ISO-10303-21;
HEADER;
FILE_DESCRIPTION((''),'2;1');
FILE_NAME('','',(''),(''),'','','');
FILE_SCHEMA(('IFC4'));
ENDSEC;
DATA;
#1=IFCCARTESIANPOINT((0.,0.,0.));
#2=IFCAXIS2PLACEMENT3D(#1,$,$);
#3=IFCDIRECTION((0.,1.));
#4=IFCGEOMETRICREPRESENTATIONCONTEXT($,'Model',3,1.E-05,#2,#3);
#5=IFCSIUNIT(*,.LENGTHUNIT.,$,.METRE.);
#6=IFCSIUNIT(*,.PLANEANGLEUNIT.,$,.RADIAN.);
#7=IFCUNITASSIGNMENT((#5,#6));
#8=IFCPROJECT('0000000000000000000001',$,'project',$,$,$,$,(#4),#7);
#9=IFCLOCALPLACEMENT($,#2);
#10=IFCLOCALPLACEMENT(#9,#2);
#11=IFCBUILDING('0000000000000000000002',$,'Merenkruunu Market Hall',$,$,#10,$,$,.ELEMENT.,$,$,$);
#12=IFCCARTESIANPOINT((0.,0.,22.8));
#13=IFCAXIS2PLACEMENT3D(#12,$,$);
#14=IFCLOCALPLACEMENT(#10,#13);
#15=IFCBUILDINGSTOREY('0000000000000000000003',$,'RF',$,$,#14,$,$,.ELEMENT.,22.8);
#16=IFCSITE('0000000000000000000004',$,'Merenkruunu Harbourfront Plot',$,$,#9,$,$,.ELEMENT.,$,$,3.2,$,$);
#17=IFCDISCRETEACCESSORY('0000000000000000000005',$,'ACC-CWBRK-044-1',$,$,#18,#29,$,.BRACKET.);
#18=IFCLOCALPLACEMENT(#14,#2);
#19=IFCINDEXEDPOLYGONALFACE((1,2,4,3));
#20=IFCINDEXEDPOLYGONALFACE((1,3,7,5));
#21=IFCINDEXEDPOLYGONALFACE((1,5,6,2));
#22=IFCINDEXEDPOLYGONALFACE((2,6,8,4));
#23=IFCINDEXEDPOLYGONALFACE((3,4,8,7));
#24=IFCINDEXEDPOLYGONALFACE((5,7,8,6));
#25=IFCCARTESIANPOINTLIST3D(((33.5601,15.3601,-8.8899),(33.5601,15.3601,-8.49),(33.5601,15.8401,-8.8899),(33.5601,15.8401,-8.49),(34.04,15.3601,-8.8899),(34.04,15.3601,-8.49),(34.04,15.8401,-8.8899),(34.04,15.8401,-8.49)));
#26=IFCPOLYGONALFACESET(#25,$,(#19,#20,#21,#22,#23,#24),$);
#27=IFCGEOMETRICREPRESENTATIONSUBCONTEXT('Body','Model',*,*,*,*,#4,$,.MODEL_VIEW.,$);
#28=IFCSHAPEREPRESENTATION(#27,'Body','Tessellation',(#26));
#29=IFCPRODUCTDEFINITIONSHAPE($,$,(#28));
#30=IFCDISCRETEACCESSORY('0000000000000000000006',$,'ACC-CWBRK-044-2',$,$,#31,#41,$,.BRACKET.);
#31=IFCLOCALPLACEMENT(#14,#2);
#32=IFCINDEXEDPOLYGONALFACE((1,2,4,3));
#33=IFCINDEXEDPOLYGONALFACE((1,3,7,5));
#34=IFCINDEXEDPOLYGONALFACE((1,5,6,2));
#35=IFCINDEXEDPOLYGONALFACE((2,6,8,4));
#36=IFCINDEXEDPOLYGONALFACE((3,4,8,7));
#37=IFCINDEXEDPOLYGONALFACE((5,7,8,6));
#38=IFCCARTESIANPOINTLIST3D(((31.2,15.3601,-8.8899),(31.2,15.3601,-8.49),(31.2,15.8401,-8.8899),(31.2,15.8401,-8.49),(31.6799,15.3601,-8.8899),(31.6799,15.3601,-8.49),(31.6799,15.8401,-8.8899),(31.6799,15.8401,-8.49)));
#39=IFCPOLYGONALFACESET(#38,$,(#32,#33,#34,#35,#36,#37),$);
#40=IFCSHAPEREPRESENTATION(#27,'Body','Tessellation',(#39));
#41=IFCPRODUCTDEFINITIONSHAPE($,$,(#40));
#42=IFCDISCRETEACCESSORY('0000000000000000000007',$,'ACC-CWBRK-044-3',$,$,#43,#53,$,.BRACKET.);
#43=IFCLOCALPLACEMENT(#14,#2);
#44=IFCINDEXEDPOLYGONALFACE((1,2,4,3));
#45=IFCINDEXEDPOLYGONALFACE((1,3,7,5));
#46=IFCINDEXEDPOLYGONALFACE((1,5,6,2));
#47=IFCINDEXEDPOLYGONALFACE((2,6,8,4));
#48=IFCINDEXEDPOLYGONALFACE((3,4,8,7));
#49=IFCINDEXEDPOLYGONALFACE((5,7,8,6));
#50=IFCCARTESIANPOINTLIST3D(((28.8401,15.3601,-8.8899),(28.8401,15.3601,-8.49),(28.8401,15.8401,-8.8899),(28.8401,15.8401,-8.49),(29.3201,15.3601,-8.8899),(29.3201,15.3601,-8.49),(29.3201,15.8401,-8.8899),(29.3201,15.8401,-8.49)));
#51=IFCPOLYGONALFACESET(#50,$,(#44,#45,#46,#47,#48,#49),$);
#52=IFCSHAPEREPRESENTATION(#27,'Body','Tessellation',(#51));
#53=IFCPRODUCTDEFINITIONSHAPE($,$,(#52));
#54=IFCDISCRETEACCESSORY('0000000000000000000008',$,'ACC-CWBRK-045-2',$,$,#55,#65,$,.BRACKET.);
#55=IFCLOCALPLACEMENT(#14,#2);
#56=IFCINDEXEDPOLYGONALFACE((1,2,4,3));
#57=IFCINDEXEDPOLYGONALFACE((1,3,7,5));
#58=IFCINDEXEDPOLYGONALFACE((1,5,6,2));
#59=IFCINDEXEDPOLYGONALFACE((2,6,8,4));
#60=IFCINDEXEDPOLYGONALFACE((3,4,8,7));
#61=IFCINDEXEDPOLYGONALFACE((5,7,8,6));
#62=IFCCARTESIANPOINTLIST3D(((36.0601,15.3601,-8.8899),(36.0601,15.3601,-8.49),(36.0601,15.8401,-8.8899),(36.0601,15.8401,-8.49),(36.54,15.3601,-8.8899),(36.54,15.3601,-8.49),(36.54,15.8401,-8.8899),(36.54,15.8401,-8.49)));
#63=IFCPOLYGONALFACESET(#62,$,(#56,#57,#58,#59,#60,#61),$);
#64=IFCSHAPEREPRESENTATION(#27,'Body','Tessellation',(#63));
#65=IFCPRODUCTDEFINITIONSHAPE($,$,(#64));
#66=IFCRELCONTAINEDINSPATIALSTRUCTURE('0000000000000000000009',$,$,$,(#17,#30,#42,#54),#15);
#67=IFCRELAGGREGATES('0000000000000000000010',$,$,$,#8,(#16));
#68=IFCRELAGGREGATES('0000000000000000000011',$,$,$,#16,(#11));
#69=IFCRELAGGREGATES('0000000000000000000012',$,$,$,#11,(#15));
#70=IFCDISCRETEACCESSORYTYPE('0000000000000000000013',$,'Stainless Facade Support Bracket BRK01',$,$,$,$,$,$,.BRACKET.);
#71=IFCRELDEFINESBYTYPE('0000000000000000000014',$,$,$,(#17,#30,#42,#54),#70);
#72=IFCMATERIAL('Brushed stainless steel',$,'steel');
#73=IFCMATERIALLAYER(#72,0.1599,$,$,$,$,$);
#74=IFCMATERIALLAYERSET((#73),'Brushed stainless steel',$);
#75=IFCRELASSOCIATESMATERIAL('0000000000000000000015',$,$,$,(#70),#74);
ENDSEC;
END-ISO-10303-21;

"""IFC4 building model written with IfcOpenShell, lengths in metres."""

from ifc_helpers import new_model, si_unit, direction, frame, origin, origin_2d, place, context, subcontext, project, spatial, rectangle, extrude, material, layer, layer_set, type_object, element, save


model = new_model("IFC4")

# Units and contexts
model_context = context("Model", 3, precision=1e-05, world=origin(), true_north=direction((0.0, 1.0)))
body_context = subcontext(model_context, "Body", "Model", "MODEL_VIEW")
ifc_project = project(units=[si_unit("LENGTHUNIT", "METRE"), si_unit("PLANEANGLEUNIT", "RADIAN")], contexts=[model_context])

# Site, building, storey
site_placement = place(None, origin())
site = spatial("IfcSite", under=ifc_project, at=site_placement, Name="Merenkruunu Harbourfront Plot", CompositionType="ELEMENT", RefElevation=3.2)
building_placement = place(site_placement, origin())
building = spatial("IfcBuilding", under=site, at=building_placement, Name="Merenkruunu Market Hall", CompositionType="ELEMENT")
storey_placement = place(building_placement, frame((0.0, 0.0, 22.8)))
storey = spatial("IfcBuildingStorey", under=building, at=storey_placement, Name="RF", CompositionType="ELEMENT", Elevation=22.8)

# Discrete accessories
ifc_material_1 = material(Name="Brushed stainless steel", Category="steel")
ifc_layer_1 = layer(ifc_material_1, 0.1599)
ifc_layer_set_1 = layer_set([ifc_layer_1], Name="Brushed stainless steel")
discrete_accessory_type = type_object("IfcDiscreteAccessoryType", Name="Stainless Facade Support Bracket BRK01", PredefinedType="BRACKET", material=ifc_layer_set_1)
for number, where, z_axis, x_axis, name in (
    (1, (33.8, 15.6001, -8.8899), (0.0, 0.0, 1.0), (1.0, 0.0, 0.0), "ACC-CWBRK-044-1"),
    (2, (31.4399, 15.6001, -8.8899), (0.0, 0.0, 1.0), (1.0, 0.0, 0.0), "ACC-CWBRK-044-2"),
    (3, (29.0801, 15.6001, -8.8899), (0.0, 0.0, 1.0), (1.0, 0.0, 0.0), "ACC-CWBRK-044-3"),
    (4, (36.3, 15.6001, -8.8899), (0.0, 0.0, 1.0), (1.0, 0.0, 0.0), "ACC-CWBRK-045-2"),
):
    element("IfcDiscreteAccessory", number, at=place(storey_placement, frame(where, z_axis=z_axis, x_axis=x_axis)), inside=storey, type_object=discrete_accessory_type, Name=name, PredefinedType="BRACKET", context=body_context, shape_type="SweptSolid", body=[
        extrude(rectangle(XDim=0.48, YDim=0.48, at=origin_2d()), origin(), (0.0, 0.0, 1.0), 0.3999),
    ])

save(model, "model.ifc")
